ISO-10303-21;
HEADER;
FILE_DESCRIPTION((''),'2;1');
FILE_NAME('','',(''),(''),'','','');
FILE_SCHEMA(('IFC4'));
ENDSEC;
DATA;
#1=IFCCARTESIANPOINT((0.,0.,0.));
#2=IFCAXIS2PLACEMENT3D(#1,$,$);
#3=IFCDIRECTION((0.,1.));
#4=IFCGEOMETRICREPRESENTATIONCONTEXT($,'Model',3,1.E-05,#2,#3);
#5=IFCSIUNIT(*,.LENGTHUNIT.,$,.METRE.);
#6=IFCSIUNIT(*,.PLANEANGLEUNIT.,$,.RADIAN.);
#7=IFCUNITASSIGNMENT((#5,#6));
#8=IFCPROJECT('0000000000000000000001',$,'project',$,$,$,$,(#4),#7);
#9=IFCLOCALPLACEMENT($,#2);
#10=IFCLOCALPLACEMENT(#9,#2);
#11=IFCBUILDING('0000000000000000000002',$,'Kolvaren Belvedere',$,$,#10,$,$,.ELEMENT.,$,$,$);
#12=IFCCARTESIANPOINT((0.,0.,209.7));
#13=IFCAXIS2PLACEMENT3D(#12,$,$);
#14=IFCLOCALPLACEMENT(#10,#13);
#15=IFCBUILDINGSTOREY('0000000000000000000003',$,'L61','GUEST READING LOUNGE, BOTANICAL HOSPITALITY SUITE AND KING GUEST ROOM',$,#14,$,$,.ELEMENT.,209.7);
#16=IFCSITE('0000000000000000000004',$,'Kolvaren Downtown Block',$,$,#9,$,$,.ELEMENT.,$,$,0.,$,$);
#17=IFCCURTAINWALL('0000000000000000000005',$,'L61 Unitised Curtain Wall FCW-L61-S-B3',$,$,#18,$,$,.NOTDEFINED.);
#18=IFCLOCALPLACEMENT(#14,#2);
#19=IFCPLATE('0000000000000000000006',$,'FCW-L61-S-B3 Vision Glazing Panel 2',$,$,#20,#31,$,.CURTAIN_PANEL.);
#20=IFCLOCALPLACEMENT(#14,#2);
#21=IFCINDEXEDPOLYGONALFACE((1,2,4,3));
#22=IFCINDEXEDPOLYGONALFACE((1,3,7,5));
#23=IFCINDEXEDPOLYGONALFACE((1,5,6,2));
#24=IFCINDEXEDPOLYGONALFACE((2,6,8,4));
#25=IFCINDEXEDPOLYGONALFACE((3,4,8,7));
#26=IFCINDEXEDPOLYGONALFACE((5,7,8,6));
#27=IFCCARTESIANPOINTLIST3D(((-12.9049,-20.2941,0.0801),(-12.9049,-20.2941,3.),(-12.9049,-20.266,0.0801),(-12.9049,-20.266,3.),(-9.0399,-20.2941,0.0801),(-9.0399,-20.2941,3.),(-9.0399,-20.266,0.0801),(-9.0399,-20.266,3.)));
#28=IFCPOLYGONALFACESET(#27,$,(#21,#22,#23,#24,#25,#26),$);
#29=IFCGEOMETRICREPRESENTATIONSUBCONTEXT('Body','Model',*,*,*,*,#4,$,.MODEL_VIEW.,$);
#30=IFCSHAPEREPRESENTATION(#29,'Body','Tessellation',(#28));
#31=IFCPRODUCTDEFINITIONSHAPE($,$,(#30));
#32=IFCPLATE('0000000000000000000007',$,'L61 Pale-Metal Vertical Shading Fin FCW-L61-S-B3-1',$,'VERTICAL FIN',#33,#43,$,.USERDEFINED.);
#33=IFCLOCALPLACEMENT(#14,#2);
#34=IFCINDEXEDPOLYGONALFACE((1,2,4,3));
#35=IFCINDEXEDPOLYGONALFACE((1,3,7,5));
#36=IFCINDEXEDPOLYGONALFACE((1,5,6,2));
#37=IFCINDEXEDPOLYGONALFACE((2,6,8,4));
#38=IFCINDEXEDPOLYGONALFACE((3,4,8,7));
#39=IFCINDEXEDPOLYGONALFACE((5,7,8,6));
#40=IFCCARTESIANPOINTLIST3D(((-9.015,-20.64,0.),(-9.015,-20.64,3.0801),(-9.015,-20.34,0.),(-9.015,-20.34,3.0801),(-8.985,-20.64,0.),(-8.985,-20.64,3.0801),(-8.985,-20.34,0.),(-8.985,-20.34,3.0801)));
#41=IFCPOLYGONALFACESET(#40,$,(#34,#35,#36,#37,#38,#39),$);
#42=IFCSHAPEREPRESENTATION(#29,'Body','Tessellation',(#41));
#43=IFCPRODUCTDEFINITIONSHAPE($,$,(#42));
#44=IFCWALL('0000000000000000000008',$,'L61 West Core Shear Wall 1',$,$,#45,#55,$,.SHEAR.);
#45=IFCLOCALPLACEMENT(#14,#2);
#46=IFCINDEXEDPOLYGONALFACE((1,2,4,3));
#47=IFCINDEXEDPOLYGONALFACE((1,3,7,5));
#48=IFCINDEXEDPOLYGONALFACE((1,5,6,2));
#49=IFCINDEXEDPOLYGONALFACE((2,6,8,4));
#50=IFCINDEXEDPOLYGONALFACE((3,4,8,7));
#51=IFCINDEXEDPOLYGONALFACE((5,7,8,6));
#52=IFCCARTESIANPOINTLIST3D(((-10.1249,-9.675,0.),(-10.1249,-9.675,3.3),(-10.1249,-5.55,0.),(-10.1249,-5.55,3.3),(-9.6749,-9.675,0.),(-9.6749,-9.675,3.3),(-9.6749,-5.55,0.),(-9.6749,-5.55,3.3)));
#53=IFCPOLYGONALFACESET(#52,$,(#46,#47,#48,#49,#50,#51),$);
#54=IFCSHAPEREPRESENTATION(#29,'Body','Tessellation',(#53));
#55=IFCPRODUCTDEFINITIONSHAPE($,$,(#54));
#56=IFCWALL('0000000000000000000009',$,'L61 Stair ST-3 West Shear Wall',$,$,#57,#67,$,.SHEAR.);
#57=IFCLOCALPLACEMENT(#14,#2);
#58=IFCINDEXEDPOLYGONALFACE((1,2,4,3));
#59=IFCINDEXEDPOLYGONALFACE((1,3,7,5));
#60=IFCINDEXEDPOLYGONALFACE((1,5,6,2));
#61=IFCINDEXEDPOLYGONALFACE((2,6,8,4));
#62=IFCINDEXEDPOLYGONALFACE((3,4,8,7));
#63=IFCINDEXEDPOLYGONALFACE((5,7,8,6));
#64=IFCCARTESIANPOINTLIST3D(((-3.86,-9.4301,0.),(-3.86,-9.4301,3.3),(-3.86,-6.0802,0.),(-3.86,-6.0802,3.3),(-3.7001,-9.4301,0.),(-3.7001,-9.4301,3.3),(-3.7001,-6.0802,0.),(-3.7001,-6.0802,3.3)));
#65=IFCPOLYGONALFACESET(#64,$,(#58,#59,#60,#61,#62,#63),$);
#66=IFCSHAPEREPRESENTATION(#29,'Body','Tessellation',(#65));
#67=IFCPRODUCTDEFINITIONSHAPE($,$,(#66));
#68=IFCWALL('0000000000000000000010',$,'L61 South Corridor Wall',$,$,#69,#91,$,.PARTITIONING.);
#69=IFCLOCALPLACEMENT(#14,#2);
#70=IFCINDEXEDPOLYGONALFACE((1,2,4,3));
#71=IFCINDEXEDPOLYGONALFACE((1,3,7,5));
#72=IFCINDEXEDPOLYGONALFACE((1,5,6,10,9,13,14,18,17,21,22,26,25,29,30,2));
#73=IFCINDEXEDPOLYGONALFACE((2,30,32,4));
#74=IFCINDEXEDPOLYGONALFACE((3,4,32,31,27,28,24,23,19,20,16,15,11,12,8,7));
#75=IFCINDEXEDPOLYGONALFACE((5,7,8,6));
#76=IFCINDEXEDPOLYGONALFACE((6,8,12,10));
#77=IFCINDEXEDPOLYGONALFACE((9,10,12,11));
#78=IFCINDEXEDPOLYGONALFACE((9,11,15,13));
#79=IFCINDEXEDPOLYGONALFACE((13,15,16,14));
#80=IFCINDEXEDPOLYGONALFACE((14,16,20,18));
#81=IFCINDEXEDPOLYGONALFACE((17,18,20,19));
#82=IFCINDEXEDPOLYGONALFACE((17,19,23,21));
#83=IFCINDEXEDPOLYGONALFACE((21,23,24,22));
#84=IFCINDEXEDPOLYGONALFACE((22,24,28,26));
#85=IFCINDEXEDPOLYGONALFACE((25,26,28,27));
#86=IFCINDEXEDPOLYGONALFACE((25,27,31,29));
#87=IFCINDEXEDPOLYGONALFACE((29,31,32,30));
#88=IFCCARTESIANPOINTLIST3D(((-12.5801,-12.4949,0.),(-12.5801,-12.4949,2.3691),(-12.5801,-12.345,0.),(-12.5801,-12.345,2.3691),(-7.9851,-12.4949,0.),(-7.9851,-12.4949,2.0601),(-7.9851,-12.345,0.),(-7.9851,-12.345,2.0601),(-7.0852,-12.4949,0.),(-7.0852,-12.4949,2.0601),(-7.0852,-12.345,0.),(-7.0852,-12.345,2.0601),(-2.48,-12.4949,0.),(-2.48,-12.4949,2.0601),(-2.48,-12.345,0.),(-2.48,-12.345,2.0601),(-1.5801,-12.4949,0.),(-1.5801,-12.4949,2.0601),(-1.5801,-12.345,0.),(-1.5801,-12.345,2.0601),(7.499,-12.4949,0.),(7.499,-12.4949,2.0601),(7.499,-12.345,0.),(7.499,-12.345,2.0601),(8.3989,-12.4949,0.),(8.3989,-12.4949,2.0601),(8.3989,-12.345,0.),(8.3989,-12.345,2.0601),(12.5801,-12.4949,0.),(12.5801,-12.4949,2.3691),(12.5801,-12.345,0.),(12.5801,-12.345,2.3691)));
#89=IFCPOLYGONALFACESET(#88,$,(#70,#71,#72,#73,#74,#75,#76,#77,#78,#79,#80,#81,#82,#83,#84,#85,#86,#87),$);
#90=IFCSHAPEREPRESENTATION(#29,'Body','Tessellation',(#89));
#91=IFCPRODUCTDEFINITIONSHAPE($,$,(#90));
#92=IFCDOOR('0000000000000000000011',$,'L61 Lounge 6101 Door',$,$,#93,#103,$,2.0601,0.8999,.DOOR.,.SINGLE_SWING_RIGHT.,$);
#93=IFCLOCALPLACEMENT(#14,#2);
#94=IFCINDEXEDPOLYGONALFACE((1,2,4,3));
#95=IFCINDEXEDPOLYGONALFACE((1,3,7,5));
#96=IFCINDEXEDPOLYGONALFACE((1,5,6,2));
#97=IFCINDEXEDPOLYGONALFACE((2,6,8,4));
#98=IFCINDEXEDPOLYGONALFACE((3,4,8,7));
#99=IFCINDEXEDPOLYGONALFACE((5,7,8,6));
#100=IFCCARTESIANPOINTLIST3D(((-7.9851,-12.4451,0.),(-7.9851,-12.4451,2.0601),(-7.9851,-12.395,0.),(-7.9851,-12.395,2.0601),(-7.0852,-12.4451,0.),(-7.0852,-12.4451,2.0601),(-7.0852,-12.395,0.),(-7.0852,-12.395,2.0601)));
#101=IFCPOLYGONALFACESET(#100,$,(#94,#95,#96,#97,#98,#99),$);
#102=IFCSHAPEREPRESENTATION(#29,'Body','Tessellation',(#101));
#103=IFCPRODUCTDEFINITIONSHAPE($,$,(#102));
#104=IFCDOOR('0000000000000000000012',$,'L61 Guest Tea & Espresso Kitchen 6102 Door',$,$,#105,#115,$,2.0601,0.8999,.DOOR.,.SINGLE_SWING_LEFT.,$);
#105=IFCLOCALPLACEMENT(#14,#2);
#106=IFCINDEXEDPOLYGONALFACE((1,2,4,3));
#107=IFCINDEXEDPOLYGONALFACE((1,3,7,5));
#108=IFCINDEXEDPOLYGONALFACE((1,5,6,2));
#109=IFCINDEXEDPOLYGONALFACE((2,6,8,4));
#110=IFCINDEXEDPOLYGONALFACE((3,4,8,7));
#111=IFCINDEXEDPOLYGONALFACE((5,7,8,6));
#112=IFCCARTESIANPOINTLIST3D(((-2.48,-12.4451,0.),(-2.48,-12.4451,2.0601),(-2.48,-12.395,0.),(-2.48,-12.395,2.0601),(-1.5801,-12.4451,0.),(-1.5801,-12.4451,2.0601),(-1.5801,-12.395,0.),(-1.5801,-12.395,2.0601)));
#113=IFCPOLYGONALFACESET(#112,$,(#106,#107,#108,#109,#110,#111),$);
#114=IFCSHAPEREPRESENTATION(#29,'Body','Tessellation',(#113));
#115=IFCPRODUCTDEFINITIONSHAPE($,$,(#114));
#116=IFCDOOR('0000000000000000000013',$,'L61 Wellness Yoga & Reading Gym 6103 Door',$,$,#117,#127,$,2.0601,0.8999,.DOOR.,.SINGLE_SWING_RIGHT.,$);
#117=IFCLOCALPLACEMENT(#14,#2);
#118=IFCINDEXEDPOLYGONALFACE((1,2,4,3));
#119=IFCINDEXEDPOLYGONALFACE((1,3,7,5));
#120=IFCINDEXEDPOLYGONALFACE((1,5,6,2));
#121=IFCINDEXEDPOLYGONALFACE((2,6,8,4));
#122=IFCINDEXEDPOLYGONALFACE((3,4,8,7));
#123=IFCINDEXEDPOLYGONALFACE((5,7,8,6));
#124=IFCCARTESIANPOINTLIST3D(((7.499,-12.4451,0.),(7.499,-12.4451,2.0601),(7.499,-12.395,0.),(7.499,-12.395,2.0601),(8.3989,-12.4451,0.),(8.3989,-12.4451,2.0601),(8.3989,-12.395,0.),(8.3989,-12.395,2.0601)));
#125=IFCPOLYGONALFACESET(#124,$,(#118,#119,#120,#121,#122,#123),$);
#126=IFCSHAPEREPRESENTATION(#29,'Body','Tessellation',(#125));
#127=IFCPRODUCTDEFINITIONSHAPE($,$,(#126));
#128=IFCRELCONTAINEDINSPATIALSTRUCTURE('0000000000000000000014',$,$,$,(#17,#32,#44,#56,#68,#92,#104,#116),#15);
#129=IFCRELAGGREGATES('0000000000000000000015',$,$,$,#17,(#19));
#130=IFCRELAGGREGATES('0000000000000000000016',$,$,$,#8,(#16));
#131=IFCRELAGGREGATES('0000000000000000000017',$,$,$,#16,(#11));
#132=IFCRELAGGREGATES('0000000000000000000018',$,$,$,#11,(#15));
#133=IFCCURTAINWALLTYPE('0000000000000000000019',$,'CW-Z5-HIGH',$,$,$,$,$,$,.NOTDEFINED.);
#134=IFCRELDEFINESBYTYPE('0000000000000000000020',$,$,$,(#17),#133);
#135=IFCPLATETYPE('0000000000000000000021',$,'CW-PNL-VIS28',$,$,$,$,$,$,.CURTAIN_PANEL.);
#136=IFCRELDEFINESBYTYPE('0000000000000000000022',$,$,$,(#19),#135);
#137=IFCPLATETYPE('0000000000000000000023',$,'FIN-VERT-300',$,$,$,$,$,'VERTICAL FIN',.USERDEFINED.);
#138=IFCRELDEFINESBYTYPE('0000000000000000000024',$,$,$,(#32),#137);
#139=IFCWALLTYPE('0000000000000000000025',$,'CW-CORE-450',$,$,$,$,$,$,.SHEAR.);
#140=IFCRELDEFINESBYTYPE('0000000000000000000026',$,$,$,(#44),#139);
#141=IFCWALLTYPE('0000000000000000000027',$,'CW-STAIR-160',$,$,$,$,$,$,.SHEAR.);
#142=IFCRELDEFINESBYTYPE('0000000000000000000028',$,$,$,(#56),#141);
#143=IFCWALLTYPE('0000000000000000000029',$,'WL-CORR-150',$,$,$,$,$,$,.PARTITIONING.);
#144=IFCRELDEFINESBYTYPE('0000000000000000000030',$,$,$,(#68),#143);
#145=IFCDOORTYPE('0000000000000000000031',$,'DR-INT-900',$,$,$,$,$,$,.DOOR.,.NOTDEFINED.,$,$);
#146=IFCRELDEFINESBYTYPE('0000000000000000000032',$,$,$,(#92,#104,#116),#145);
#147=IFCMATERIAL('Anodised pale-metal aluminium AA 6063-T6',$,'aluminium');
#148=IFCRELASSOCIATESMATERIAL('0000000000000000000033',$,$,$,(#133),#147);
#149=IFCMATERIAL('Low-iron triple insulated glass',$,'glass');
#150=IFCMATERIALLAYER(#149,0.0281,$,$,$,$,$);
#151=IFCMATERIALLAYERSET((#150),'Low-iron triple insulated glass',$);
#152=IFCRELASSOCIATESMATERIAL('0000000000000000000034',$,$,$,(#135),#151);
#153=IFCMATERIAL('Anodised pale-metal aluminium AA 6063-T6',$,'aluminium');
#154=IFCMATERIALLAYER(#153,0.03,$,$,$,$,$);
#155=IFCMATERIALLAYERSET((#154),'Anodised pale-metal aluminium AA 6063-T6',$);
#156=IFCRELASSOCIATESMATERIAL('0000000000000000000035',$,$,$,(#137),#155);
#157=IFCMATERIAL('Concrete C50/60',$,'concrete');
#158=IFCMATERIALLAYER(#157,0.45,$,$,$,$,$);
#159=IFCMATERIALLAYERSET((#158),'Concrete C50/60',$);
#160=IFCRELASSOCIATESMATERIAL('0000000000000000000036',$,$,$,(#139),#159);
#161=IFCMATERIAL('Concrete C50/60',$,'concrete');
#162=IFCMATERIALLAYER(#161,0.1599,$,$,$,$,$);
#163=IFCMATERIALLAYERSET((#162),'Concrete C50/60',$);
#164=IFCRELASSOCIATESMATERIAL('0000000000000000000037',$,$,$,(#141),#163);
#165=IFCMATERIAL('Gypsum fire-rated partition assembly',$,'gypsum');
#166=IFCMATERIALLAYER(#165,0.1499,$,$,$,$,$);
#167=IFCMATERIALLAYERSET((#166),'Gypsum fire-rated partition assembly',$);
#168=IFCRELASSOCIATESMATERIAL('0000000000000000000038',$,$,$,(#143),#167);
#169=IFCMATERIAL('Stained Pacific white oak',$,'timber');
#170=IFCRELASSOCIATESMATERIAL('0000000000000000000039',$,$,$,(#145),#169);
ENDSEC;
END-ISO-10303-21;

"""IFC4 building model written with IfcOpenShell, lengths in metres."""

from ifc_helpers import new_model, si_unit, direction, frame, frame_2d, origin, origin_2d, place, context, subcontext, project, spatial, rectangle, extrude, material, layer, layer_set, type_object, element, fill, aggregate, save


model = new_model("IFC4")

# Units and contexts
model_context = context("Model", 3, precision=1e-05, world=origin(), true_north=direction((0.0, 1.0)))
body_context = subcontext(model_context, "Body", "Model", "MODEL_VIEW")
ifc_project = project(units=[si_unit("LENGTHUNIT", "METRE"), si_unit("PLANEANGLEUNIT", "RADIAN")], contexts=[model_context])

# Site, building, storey
site_placement = place(None, origin())
site = spatial("IfcSite", under=ifc_project, at=site_placement, Name="Kolvaren Downtown Block", CompositionType="ELEMENT", RefElevation=0.0)
building_placement = place(site_placement, origin())
building = spatial("IfcBuilding", under=site, at=building_placement, Name="Kolvaren Belvedere", CompositionType="ELEMENT")
storey_placement = place(building_placement, frame((0.0, 0.0, 209.7)))
storey = spatial("IfcBuildingStorey", under=building, at=storey_placement, Name="L61", Description="GUEST READING LOUNGE, BOTANICAL HOSPITALITY SUITE AND KING GUEST ROOM", CompositionType="ELEMENT", Elevation=209.7)

# Shared definitions
ifc_material_1 = material(Name="Anodised pale-metal aluminium AA 6063-T6", Category="aluminium")
curtain_wall_type = type_object("IfcCurtainWallType", Name="CW-Z5-HIGH", PredefinedType="NOTDEFINED", material=ifc_material_1)

# Curtain wall
curtain_wall_1_placement = place(storey_placement, origin())
curtain_wall_1 = element("IfcCurtainWall", 1, at=curtain_wall_1_placement, inside=storey, type_object=curtain_wall_type, Name="L61 Unitised Curtain Wall FCW-L61-S-B3", PredefinedType="NOTDEFINED")

# Plates
ifc_material_2 = material(Name="Low-iron triple insulated glass", Category="glass")
ifc_layer_1 = layer(ifc_material_2, 0.0281)
ifc_layer_set_1 = layer_set([ifc_layer_1], Name="Low-iron triple insulated glass")
plate_type_1 = type_object("IfcPlateType", Name="CW-PNL-VIS28", PredefinedType="CURTAIN_PANEL", material=ifc_layer_set_1)
plate_1_placement = place(storey_placement, frame((-10.9724, -20.28, 0.0801), z_axis=(0.0, 0.0, 1.0), x_axis=(-1.0, 0.0, 0.0)))
plate_1 = element("IfcPlate", 2, at=plate_1_placement, type_object=plate_type_1, Name="FCW-L61-S-B3 Vision Glazing Panel 2", PredefinedType="CURTAIN_PANEL", context=body_context, shape_type="SweptSolid", body=[
    extrude(rectangle(XDim=3.865, YDim=0.0281, at=origin_2d()), origin(), (0.0, 0.0, 1.0), 2.9199),
])
aggregate(curtain_wall_1, [plate_1])
ifc_material_3 = material(Name="Anodised pale-metal aluminium AA 6063-T6", Category="aluminium")
ifc_layer_2 = layer(ifc_material_3, 0.03)
ifc_layer_set_2 = layer_set([ifc_layer_2], Name="Anodised pale-metal aluminium AA 6063-T6")
plate_type_2 = type_object("IfcPlateType", Name="FIN-VERT-300", ElementType="VERTICAL FIN", PredefinedType="USERDEFINED", material=ifc_layer_set_2)
plate_2_placement = place(storey_placement, frame((-9.0, -20.49, 0.0), z_axis=(0.0, 0.0, 1.0), x_axis=(0.0, 1.0, 0.0)))
element("IfcPlate", 3, at=plate_2_placement, inside=storey, type_object=plate_type_2, Name="L61 Pale-Metal Vertical Shading Fin FCW-L61-S-B3-1", ObjectType="VERTICAL FIN", PredefinedType="USERDEFINED", context=body_context, shape_type="SweptSolid", body=[
    extrude(rectangle(XDim=0.3, YDim=0.03, at=origin_2d()), origin(), (0.0, 0.0, 1.0), 3.0801),
])

# Walls
ifc_material_4 = material(Name="Concrete C50/60", Category="concrete")
ifc_layer_3 = layer(ifc_material_4, 0.45)
ifc_layer_set_3 = layer_set([ifc_layer_3], Name="Concrete C50/60")
wall_type_1 = type_object("IfcWallType", Name="CW-CORE-450", PredefinedType="SHEAR", material=ifc_layer_set_3)
wall_1_placement = place(storey_placement, frame((-9.8999, -9.675, 0.0), z_axis=(0.0, 0.0, 1.0), x_axis=(0.0, 1.0, 0.0)))
element("IfcWall", 4, at=wall_1_placement, inside=storey, type_object=wall_type_1, Name="L61 West Core Shear Wall 1", PredefinedType="SHEAR", context=body_context, shape_type="SweptSolid", body=[
    extrude(rectangle(XDim=4.125, YDim=0.45, at=frame_2d((2.0625, 0.0))), origin(), (0.0, 0.0, 1.0), 3.3),
])
ifc_material_5 = material(Name="Concrete C50/60", Category="concrete")
ifc_layer_4 = layer(ifc_material_5, 0.1599)
ifc_layer_set_4 = layer_set([ifc_layer_4], Name="Concrete C50/60")
wall_type_2 = type_object("IfcWallType", Name="CW-STAIR-160", PredefinedType="SHEAR", material=ifc_layer_set_4)
wall_2_placement = place(storey_placement, frame((-3.78, -9.4299, 0.0), z_axis=(0.0, 0.0, 1.0), x_axis=(0.0, 1.0, 0.0)))
element("IfcWall", 5, at=wall_2_placement, inside=storey, type_object=wall_type_2, Name="L61 Stair ST-3 West Shear Wall", PredefinedType="SHEAR", context=body_context, shape_type="SweptSolid", body=[
    extrude(rectangle(XDim=3.3499, YDim=0.1599, at=frame_2d((1.6748, 0.0))), origin(), (0.0, 0.0, 1.0), 3.3),
])

# Wall, openings, doors
ifc_material_6 = material(Name="Gypsum fire-rated partition assembly", Category="gypsum")
ifc_layer_5 = layer(ifc_material_6, 0.1499)
ifc_layer_set_5 = layer_set([ifc_layer_5], Name="Gypsum fire-rated partition assembly")
wall_type_3 = type_object("IfcWallType", Name="WL-CORR-150", PredefinedType="PARTITIONING", material=ifc_layer_set_5)
wall_3_placement = place(storey_placement, frame((-12.5801, -12.4199, 0.0), z_axis=(0.0, 0.0, 1.0), x_axis=(1.0, 0.0, 0.0)))
wall_3 = element("IfcWall", 6, at=wall_3_placement, inside=storey, type_object=wall_type_3, Name="L61 South Corridor Wall", PredefinedType="PARTITIONING", context=body_context, shape_type="SweptSolid", body=[
    extrude(rectangle(XDim=25.1602, YDim=0.1499, at=frame_2d((12.5801, 0.0))), origin(), (0.0, 0.0, 1.0), 2.3691),
])
opening_1_placement = place(wall_3_placement, frame((4.595, 0.0, 0.0)))
opening_1 = element("IfcOpeningElement", 7, at=opening_1_placement, cuts=wall_3, PredefinedType="OPENING", context=body_context, shape_type="SweptSolid", body=[
    extrude(rectangle(XDim=0.8999, YDim=2.0601, at=frame_2d((0.45, 1.03))), frame((0.0, 0.085, 0.0), z_axis=(0.0, -1.0, 0.0), x_axis=(1.0, 0.0, 0.0)), (0.0, 0.0, 1.0), 0.1699),
])
opening_2_placement = place(wall_3_placement, frame((10.1001, 0.0, 0.0)))
opening_2 = element("IfcOpeningElement", 8, at=opening_2_placement, cuts=wall_3, PredefinedType="OPENING", context=body_context, shape_type="SweptSolid", body=[
    extrude(rectangle(XDim=0.8999, YDim=2.0601, at=frame_2d((0.45, 1.03))), frame((0.0, 0.085, 0.0), z_axis=(0.0, -1.0, 0.0), x_axis=(1.0, 0.0, 0.0)), (0.0, 0.0, 1.0), 0.1699),
])
opening_3_placement = place(wall_3_placement, frame((20.0791, 0.0, 0.0)))
opening_3 = element("IfcOpeningElement", 9, at=opening_3_placement, cuts=wall_3, PredefinedType="OPENING", context=body_context, shape_type="SweptSolid", body=[
    extrude(rectangle(XDim=0.8999, YDim=2.0601, at=frame_2d((0.45, 1.03))), frame((0.0, 0.085, 0.0), z_axis=(0.0, -1.0, 0.0), x_axis=(1.0, 0.0, 0.0)), (0.0, 0.0, 1.0), 0.1699),
])
ifc_material_7 = material(Name="Stained Pacific white oak", Category="timber")
door_type_1 = type_object("IfcDoorType", Name="DR-INT-900", OperationType="NOTDEFINED", PredefinedType="DOOR", material=ifc_material_7)
door_1_placement = place(opening_1_placement, origin())
door_1 = element("IfcDoor", 10, at=door_1_placement, inside=storey, type_object=door_type_1, Name="L61 Lounge 6101 Door", OperationType="SINGLE_SWING_RIGHT", OverallHeight=2.0601, OverallWidth=0.8999, PredefinedType="DOOR", context=body_context, shape_type="SweptSolid", body=[
    extrude(rectangle(XDim=0.8999, YDim=2.0601, at=frame_2d((0.45, 1.03))), frame((0.0, 0.0249, 0.0), z_axis=(0.0, -1.0, 0.0), x_axis=(1.0, 0.0, 0.0)), (0.0, 0.0, 1.0), 0.05),
])
fill(opening_1, door_1)
door_2_placement = place(opening_2_placement, origin())
door_2 = element("IfcDoor", 11, at=door_2_placement, inside=storey, type_object=door_type_1, Name="L61 Guest Tea & Espresso Kitchen 6102 Door", OperationType="SINGLE_SWING_LEFT", OverallHeight=2.0601, OverallWidth=0.8999, PredefinedType="DOOR", context=body_context, shape_type="SweptSolid", body=[
    extrude(rectangle(XDim=0.8999, YDim=2.0601, at=frame_2d((0.45, 1.03))), frame((0.0, 0.0249, 0.0), z_axis=(0.0, -1.0, 0.0), x_axis=(1.0, 0.0, 0.0)), (0.0, 0.0, 1.0), 0.05),
])
fill(opening_2, door_2)
door_3_placement = place(opening_3_placement, origin())
door_3 = element("IfcDoor", 12, at=door_3_placement, inside=storey, type_object=door_type_1, Name="L61 Wellness Yoga & Reading Gym 6103 Door", OperationType="SINGLE_SWING_RIGHT", OverallHeight=2.0601, OverallWidth=0.8999, PredefinedType="DOOR", context=body_context, shape_type="SweptSolid", body=[
    extrude(rectangle(XDim=0.8999, YDim=2.0601, at=frame_2d((0.45, 1.03))), frame((0.0, 0.0249, 0.0), z_axis=(0.0, -1.0, 0.0), x_axis=(1.0, 0.0, 0.0)), (0.0, 0.0, 1.0), 0.05),
])
fill(opening_3, door_3)

save(model, "model.ifc")
